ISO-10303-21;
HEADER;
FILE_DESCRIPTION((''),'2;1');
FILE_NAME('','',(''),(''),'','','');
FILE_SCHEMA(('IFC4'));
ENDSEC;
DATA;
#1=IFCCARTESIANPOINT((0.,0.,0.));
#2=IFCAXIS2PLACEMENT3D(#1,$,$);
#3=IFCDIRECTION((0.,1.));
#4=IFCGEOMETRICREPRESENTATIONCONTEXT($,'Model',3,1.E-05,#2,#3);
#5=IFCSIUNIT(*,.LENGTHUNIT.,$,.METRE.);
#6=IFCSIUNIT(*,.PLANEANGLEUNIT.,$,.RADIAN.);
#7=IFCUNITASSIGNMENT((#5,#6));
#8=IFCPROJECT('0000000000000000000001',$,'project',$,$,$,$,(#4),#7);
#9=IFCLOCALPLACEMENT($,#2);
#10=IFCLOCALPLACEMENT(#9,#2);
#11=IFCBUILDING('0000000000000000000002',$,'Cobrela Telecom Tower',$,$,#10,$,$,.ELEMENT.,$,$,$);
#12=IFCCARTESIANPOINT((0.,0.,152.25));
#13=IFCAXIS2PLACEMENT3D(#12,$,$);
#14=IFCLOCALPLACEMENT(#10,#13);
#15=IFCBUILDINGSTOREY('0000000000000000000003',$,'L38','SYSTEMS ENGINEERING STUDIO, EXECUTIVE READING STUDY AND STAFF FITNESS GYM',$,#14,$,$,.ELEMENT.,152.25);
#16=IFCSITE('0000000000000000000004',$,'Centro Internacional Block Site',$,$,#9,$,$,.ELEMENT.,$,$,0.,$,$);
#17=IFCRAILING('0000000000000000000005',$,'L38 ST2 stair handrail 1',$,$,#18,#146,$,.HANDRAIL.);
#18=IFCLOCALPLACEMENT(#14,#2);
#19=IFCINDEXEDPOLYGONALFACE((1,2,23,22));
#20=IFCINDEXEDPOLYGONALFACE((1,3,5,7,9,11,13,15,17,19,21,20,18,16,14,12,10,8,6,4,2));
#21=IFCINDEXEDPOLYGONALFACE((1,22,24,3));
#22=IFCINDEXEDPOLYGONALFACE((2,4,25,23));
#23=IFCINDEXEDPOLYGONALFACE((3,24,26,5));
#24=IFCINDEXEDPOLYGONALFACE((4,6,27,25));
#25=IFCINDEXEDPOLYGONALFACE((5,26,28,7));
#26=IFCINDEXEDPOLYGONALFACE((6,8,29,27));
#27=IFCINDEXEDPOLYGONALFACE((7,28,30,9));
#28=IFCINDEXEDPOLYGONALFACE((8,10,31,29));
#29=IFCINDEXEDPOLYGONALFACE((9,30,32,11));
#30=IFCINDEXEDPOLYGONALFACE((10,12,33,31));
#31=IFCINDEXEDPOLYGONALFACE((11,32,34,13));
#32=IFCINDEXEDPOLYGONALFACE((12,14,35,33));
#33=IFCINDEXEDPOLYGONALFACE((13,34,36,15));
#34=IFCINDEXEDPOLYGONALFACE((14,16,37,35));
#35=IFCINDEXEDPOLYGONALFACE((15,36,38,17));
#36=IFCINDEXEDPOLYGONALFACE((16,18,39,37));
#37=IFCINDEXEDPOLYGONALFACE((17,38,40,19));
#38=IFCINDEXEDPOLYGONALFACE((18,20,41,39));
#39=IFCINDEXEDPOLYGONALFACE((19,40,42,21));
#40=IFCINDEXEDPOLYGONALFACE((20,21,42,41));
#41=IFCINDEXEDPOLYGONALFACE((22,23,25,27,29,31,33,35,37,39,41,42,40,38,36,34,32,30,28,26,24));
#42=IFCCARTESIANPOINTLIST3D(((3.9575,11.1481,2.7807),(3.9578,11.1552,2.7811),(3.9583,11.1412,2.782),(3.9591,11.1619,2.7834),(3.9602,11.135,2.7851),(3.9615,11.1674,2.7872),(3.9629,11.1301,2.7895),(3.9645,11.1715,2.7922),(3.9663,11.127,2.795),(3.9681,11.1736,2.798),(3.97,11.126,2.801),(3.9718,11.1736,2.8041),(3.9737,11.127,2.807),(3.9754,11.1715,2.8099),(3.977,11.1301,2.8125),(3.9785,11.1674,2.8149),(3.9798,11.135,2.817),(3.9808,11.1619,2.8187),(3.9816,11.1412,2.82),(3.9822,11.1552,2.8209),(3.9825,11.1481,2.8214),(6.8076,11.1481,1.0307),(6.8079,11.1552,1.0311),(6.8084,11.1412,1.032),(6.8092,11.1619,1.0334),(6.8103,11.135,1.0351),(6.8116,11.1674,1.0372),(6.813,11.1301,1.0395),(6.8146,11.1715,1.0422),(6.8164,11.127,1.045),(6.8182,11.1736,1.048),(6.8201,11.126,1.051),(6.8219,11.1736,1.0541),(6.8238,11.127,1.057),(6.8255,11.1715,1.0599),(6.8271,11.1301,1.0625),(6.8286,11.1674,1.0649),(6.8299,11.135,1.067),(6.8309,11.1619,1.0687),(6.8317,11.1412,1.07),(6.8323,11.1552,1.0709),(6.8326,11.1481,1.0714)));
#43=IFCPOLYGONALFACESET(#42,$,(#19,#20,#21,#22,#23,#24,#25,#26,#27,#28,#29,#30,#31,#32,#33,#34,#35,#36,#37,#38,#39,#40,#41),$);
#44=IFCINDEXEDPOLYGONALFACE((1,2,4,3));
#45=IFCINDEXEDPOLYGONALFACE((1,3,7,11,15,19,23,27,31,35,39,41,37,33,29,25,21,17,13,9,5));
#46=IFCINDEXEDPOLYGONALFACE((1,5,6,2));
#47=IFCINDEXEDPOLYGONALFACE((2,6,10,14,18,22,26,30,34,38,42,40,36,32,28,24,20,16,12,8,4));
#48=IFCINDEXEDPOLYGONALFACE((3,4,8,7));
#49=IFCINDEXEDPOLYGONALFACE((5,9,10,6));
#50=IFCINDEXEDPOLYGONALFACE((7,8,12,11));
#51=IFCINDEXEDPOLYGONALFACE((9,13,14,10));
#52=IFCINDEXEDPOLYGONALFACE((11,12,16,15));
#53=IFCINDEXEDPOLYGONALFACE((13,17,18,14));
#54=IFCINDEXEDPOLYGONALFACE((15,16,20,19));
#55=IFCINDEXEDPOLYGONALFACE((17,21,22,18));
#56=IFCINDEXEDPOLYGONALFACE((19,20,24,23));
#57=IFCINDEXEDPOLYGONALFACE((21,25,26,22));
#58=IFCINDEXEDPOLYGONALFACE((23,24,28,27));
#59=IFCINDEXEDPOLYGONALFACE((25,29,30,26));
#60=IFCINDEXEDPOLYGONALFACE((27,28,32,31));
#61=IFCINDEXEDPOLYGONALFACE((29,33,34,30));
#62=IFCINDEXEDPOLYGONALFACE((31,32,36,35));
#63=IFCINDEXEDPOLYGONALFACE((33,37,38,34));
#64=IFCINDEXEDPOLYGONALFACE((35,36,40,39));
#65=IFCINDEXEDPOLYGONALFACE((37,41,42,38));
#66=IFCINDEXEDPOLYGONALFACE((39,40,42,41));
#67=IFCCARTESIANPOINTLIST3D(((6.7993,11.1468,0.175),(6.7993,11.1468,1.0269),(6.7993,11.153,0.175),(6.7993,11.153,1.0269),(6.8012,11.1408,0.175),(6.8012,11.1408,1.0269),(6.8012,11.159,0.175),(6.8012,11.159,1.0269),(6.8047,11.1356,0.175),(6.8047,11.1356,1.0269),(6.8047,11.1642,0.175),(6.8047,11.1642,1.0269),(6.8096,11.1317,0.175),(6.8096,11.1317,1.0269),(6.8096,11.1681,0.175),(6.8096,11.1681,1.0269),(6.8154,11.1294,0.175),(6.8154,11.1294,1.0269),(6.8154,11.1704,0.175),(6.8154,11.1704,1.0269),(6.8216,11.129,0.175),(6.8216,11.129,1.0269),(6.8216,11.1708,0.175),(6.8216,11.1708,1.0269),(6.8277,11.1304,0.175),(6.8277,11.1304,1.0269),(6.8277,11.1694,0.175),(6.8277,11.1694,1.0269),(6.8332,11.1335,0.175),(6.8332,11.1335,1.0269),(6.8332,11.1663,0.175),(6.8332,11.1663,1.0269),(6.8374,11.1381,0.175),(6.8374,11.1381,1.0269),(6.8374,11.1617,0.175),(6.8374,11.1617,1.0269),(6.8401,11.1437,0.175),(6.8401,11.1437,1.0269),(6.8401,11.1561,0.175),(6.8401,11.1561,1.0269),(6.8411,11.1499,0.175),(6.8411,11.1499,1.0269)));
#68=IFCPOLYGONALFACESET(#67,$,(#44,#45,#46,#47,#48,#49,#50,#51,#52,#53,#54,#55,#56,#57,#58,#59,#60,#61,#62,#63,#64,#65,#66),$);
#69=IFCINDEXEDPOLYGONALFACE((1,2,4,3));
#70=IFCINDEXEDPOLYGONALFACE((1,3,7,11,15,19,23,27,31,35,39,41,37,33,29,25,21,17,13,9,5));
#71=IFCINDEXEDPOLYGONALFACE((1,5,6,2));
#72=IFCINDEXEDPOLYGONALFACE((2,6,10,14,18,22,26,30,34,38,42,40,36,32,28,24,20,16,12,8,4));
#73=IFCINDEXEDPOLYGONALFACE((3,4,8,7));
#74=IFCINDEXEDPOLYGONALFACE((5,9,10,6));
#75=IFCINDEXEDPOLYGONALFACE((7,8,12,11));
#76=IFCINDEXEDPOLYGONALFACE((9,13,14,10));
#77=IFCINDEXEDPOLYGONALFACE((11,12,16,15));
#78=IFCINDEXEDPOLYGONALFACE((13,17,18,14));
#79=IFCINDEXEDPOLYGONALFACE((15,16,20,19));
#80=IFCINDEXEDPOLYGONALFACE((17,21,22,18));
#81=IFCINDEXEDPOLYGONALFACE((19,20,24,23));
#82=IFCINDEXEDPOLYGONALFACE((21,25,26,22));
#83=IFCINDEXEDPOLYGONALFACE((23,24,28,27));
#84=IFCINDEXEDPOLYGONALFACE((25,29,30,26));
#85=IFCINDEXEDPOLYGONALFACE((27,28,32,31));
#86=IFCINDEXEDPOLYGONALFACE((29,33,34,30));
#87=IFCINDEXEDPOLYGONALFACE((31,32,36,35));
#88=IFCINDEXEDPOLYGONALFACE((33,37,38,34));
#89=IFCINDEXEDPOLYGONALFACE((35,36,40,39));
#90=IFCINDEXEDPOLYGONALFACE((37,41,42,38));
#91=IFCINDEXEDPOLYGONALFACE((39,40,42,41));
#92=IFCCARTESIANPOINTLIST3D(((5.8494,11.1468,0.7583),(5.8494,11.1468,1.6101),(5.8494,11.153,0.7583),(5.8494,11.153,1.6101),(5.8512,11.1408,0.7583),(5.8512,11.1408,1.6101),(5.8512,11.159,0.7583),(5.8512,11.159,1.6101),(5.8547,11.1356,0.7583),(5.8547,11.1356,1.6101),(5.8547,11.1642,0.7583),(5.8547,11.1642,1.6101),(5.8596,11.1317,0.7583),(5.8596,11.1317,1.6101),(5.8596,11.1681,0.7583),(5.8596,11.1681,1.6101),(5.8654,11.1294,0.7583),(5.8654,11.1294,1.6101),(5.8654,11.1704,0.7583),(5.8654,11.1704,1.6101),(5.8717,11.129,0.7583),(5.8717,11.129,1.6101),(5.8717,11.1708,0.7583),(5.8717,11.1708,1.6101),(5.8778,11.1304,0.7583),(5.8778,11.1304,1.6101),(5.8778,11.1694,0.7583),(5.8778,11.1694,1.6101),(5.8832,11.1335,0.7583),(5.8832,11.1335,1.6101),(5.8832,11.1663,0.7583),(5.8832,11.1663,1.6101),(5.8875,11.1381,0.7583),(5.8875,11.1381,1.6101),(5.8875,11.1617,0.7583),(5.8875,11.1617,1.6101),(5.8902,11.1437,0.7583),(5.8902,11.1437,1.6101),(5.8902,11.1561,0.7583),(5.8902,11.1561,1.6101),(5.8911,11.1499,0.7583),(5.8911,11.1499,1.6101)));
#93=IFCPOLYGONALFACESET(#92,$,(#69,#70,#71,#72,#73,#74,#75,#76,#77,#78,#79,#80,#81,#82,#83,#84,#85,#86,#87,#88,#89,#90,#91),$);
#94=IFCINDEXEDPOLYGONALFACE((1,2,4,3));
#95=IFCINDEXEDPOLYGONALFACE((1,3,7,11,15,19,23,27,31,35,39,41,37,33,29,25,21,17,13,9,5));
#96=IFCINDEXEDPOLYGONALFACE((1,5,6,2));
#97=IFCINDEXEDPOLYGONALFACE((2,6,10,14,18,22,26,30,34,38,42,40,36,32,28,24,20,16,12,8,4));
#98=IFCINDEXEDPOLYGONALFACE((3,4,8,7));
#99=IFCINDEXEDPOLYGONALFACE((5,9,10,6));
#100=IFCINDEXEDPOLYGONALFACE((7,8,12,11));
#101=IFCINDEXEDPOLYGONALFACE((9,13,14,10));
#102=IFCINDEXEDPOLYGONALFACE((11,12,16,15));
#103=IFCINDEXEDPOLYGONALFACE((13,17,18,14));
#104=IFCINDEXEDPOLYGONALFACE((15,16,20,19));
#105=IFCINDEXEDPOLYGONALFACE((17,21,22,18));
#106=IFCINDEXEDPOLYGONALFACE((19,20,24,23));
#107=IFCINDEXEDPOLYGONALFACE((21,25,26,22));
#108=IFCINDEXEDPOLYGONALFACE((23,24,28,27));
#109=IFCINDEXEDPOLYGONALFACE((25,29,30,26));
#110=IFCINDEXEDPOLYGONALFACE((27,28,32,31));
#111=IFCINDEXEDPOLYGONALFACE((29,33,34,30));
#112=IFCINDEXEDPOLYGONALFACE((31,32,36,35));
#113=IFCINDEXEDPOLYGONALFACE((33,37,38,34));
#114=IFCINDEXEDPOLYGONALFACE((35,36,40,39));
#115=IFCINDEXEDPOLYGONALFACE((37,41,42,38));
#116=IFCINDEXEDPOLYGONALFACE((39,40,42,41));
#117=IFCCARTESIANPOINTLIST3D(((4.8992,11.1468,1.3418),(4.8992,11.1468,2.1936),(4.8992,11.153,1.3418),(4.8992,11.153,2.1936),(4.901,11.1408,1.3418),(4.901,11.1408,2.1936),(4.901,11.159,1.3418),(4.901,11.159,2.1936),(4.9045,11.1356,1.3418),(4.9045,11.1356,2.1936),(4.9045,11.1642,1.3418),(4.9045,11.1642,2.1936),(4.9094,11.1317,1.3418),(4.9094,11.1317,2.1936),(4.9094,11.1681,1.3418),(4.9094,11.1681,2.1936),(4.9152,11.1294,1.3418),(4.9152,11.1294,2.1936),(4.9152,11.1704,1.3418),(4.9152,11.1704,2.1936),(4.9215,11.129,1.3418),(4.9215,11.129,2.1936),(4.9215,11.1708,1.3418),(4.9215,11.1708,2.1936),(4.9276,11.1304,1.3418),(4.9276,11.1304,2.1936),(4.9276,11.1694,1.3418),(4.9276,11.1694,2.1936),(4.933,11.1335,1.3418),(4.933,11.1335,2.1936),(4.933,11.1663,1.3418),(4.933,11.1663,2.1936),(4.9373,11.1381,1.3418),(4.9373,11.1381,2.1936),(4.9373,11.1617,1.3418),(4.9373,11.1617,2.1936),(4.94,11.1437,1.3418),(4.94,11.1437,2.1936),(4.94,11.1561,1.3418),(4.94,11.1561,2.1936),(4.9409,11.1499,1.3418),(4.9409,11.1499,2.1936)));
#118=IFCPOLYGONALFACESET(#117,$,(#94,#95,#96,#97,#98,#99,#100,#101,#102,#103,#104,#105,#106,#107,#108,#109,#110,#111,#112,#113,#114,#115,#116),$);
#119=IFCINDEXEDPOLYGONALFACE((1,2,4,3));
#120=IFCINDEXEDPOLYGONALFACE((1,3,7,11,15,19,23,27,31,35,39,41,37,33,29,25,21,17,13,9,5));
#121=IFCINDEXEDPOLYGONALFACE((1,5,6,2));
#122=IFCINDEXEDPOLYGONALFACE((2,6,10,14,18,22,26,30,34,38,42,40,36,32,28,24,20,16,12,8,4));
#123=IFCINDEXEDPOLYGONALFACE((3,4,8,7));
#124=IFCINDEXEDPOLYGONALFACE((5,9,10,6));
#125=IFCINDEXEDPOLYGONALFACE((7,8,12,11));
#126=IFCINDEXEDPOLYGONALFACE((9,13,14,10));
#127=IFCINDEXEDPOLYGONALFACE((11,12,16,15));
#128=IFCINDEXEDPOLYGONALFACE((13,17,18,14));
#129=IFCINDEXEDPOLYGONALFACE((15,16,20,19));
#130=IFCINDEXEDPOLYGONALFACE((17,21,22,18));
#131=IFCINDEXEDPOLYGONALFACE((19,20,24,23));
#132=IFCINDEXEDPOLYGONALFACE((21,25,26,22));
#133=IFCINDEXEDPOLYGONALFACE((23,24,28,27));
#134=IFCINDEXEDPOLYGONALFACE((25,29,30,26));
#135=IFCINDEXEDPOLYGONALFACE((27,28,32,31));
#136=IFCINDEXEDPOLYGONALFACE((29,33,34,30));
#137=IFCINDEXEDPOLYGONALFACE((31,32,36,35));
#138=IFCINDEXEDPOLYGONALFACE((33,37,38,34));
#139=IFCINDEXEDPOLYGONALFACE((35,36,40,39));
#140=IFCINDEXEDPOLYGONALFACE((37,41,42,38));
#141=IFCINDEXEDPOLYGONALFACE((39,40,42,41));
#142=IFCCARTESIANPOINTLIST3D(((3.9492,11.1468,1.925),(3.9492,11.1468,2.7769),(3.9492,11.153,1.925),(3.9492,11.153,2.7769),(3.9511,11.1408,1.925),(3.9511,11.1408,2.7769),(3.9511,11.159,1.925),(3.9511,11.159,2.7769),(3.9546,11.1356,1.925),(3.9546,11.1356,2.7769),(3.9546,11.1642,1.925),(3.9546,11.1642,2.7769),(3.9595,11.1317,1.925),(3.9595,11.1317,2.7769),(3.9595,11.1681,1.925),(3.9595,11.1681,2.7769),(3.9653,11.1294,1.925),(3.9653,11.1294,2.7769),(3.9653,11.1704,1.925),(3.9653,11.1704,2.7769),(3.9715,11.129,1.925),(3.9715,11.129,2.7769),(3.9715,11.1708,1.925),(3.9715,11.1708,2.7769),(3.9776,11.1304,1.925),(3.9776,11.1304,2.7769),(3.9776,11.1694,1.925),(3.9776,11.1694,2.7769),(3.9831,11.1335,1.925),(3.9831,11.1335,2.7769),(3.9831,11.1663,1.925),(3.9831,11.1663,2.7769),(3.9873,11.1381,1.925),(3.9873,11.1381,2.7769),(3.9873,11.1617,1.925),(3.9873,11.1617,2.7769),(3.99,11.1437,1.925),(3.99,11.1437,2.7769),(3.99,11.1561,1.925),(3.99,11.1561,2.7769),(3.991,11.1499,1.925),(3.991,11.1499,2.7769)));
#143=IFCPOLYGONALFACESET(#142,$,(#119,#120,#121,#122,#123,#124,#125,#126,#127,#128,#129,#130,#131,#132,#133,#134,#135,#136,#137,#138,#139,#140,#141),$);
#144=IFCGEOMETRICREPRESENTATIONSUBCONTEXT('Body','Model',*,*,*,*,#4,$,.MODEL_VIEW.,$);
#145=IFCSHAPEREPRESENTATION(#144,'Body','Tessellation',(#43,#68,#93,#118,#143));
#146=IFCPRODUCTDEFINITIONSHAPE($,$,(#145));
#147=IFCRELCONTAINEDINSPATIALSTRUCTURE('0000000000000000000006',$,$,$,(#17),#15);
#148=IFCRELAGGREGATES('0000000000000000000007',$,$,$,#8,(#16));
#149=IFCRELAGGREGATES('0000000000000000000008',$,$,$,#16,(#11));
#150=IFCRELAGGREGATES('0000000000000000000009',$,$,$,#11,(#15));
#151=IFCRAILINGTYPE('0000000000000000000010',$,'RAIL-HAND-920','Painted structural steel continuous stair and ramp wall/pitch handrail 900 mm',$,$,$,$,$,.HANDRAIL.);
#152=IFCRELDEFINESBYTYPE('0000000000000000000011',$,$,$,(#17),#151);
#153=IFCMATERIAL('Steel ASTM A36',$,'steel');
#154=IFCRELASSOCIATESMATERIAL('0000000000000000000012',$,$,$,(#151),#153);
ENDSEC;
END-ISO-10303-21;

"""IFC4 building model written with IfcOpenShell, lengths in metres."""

from ifc_helpers import new_model, si_unit, direction, frame, origin, origin_2d, place, context, subcontext, project, spatial, circle, extrude, material, type_object, element, save


model = new_model("IFC4")

# Units and contexts
model_context = context("Model", 3, precision=1e-05, world=origin(), true_north=direction((0.0, 1.0)))
body_context = subcontext(model_context, "Body", "Model", "MODEL_VIEW")
ifc_project = project(units=[si_unit("LENGTHUNIT", "METRE"), si_unit("PLANEANGLEUNIT", "RADIAN")], contexts=[model_context])

# Site, building, storey
site_placement = place(None, origin())
site = spatial("IfcSite", under=ifc_project, at=site_placement, Name="Centro Internacional Block Site", CompositionType="ELEMENT", RefElevation=0.0)
building_placement = place(site_placement, origin())
building = spatial("IfcBuilding", under=site, at=building_placement, Name="Cobrela Telecom Tower", CompositionType="ELEMENT")
storey_placement = place(building_placement, frame((0.0, 0.0, 152.25)))
storey = spatial("IfcBuildingStorey", under=building, at=storey_placement, Name="L38", Description="SYSTEMS ENGINEERING STUDIO, EXECUTIVE READING STUDY AND STAFF FITNESS GYM", CompositionType="ELEMENT", Elevation=152.25)

# Shared definitions
ifc_material_1 = material(Name="Steel ASTM A36", Category="steel")

# Railing
railing_type_1 = type_object("IfcRailingType", Name="RAIL-HAND-920", Description="Painted structural steel continuous stair and ramp wall/pitch handrail 900 mm", PredefinedType="HANDRAIL", material=ifc_material_1)
railing_1_placement = place(storey_placement, frame((6.8201, 11.1499, 0.175)))
element("IfcRailing", 1, at=railing_1_placement, inside=storey, type_object=railing_type_1, Name="L38 ST2 stair handrail 1", PredefinedType="HANDRAIL", context=body_context, shape_type="SweptSolid", body=[
    extrude(circle(Radius=0.0239, at=origin_2d()), frame((0.0, 0.0, 0.876), z_axis=(-0.852179, 0.0, 0.52325), x_axis=(0.0, -1.0, 0.0)), (0.0, 0.0, 1.0), 3.3445),
    extrude(circle(Radius=0.021, at=origin_2d()), origin(), (0.0, 0.0, 1.0), 0.8518),
    extrude(circle(Radius=0.021, at=origin_2d()), frame((-0.95, 0.0, 0.5833)), (0.0, 0.0, 1.0), 0.8518),
    extrude(circle(Radius=0.021, at=origin_2d()), frame((-1.9001, 0.0, 1.1667)), (0.0, 0.0, 1.0), 0.8518),
    extrude(circle(Radius=0.021, at=origin_2d()), frame((-2.8501, 0.0, 1.75)), (0.0, 0.0, 1.0), 0.8518),
])

save(model, "model.ifc")
